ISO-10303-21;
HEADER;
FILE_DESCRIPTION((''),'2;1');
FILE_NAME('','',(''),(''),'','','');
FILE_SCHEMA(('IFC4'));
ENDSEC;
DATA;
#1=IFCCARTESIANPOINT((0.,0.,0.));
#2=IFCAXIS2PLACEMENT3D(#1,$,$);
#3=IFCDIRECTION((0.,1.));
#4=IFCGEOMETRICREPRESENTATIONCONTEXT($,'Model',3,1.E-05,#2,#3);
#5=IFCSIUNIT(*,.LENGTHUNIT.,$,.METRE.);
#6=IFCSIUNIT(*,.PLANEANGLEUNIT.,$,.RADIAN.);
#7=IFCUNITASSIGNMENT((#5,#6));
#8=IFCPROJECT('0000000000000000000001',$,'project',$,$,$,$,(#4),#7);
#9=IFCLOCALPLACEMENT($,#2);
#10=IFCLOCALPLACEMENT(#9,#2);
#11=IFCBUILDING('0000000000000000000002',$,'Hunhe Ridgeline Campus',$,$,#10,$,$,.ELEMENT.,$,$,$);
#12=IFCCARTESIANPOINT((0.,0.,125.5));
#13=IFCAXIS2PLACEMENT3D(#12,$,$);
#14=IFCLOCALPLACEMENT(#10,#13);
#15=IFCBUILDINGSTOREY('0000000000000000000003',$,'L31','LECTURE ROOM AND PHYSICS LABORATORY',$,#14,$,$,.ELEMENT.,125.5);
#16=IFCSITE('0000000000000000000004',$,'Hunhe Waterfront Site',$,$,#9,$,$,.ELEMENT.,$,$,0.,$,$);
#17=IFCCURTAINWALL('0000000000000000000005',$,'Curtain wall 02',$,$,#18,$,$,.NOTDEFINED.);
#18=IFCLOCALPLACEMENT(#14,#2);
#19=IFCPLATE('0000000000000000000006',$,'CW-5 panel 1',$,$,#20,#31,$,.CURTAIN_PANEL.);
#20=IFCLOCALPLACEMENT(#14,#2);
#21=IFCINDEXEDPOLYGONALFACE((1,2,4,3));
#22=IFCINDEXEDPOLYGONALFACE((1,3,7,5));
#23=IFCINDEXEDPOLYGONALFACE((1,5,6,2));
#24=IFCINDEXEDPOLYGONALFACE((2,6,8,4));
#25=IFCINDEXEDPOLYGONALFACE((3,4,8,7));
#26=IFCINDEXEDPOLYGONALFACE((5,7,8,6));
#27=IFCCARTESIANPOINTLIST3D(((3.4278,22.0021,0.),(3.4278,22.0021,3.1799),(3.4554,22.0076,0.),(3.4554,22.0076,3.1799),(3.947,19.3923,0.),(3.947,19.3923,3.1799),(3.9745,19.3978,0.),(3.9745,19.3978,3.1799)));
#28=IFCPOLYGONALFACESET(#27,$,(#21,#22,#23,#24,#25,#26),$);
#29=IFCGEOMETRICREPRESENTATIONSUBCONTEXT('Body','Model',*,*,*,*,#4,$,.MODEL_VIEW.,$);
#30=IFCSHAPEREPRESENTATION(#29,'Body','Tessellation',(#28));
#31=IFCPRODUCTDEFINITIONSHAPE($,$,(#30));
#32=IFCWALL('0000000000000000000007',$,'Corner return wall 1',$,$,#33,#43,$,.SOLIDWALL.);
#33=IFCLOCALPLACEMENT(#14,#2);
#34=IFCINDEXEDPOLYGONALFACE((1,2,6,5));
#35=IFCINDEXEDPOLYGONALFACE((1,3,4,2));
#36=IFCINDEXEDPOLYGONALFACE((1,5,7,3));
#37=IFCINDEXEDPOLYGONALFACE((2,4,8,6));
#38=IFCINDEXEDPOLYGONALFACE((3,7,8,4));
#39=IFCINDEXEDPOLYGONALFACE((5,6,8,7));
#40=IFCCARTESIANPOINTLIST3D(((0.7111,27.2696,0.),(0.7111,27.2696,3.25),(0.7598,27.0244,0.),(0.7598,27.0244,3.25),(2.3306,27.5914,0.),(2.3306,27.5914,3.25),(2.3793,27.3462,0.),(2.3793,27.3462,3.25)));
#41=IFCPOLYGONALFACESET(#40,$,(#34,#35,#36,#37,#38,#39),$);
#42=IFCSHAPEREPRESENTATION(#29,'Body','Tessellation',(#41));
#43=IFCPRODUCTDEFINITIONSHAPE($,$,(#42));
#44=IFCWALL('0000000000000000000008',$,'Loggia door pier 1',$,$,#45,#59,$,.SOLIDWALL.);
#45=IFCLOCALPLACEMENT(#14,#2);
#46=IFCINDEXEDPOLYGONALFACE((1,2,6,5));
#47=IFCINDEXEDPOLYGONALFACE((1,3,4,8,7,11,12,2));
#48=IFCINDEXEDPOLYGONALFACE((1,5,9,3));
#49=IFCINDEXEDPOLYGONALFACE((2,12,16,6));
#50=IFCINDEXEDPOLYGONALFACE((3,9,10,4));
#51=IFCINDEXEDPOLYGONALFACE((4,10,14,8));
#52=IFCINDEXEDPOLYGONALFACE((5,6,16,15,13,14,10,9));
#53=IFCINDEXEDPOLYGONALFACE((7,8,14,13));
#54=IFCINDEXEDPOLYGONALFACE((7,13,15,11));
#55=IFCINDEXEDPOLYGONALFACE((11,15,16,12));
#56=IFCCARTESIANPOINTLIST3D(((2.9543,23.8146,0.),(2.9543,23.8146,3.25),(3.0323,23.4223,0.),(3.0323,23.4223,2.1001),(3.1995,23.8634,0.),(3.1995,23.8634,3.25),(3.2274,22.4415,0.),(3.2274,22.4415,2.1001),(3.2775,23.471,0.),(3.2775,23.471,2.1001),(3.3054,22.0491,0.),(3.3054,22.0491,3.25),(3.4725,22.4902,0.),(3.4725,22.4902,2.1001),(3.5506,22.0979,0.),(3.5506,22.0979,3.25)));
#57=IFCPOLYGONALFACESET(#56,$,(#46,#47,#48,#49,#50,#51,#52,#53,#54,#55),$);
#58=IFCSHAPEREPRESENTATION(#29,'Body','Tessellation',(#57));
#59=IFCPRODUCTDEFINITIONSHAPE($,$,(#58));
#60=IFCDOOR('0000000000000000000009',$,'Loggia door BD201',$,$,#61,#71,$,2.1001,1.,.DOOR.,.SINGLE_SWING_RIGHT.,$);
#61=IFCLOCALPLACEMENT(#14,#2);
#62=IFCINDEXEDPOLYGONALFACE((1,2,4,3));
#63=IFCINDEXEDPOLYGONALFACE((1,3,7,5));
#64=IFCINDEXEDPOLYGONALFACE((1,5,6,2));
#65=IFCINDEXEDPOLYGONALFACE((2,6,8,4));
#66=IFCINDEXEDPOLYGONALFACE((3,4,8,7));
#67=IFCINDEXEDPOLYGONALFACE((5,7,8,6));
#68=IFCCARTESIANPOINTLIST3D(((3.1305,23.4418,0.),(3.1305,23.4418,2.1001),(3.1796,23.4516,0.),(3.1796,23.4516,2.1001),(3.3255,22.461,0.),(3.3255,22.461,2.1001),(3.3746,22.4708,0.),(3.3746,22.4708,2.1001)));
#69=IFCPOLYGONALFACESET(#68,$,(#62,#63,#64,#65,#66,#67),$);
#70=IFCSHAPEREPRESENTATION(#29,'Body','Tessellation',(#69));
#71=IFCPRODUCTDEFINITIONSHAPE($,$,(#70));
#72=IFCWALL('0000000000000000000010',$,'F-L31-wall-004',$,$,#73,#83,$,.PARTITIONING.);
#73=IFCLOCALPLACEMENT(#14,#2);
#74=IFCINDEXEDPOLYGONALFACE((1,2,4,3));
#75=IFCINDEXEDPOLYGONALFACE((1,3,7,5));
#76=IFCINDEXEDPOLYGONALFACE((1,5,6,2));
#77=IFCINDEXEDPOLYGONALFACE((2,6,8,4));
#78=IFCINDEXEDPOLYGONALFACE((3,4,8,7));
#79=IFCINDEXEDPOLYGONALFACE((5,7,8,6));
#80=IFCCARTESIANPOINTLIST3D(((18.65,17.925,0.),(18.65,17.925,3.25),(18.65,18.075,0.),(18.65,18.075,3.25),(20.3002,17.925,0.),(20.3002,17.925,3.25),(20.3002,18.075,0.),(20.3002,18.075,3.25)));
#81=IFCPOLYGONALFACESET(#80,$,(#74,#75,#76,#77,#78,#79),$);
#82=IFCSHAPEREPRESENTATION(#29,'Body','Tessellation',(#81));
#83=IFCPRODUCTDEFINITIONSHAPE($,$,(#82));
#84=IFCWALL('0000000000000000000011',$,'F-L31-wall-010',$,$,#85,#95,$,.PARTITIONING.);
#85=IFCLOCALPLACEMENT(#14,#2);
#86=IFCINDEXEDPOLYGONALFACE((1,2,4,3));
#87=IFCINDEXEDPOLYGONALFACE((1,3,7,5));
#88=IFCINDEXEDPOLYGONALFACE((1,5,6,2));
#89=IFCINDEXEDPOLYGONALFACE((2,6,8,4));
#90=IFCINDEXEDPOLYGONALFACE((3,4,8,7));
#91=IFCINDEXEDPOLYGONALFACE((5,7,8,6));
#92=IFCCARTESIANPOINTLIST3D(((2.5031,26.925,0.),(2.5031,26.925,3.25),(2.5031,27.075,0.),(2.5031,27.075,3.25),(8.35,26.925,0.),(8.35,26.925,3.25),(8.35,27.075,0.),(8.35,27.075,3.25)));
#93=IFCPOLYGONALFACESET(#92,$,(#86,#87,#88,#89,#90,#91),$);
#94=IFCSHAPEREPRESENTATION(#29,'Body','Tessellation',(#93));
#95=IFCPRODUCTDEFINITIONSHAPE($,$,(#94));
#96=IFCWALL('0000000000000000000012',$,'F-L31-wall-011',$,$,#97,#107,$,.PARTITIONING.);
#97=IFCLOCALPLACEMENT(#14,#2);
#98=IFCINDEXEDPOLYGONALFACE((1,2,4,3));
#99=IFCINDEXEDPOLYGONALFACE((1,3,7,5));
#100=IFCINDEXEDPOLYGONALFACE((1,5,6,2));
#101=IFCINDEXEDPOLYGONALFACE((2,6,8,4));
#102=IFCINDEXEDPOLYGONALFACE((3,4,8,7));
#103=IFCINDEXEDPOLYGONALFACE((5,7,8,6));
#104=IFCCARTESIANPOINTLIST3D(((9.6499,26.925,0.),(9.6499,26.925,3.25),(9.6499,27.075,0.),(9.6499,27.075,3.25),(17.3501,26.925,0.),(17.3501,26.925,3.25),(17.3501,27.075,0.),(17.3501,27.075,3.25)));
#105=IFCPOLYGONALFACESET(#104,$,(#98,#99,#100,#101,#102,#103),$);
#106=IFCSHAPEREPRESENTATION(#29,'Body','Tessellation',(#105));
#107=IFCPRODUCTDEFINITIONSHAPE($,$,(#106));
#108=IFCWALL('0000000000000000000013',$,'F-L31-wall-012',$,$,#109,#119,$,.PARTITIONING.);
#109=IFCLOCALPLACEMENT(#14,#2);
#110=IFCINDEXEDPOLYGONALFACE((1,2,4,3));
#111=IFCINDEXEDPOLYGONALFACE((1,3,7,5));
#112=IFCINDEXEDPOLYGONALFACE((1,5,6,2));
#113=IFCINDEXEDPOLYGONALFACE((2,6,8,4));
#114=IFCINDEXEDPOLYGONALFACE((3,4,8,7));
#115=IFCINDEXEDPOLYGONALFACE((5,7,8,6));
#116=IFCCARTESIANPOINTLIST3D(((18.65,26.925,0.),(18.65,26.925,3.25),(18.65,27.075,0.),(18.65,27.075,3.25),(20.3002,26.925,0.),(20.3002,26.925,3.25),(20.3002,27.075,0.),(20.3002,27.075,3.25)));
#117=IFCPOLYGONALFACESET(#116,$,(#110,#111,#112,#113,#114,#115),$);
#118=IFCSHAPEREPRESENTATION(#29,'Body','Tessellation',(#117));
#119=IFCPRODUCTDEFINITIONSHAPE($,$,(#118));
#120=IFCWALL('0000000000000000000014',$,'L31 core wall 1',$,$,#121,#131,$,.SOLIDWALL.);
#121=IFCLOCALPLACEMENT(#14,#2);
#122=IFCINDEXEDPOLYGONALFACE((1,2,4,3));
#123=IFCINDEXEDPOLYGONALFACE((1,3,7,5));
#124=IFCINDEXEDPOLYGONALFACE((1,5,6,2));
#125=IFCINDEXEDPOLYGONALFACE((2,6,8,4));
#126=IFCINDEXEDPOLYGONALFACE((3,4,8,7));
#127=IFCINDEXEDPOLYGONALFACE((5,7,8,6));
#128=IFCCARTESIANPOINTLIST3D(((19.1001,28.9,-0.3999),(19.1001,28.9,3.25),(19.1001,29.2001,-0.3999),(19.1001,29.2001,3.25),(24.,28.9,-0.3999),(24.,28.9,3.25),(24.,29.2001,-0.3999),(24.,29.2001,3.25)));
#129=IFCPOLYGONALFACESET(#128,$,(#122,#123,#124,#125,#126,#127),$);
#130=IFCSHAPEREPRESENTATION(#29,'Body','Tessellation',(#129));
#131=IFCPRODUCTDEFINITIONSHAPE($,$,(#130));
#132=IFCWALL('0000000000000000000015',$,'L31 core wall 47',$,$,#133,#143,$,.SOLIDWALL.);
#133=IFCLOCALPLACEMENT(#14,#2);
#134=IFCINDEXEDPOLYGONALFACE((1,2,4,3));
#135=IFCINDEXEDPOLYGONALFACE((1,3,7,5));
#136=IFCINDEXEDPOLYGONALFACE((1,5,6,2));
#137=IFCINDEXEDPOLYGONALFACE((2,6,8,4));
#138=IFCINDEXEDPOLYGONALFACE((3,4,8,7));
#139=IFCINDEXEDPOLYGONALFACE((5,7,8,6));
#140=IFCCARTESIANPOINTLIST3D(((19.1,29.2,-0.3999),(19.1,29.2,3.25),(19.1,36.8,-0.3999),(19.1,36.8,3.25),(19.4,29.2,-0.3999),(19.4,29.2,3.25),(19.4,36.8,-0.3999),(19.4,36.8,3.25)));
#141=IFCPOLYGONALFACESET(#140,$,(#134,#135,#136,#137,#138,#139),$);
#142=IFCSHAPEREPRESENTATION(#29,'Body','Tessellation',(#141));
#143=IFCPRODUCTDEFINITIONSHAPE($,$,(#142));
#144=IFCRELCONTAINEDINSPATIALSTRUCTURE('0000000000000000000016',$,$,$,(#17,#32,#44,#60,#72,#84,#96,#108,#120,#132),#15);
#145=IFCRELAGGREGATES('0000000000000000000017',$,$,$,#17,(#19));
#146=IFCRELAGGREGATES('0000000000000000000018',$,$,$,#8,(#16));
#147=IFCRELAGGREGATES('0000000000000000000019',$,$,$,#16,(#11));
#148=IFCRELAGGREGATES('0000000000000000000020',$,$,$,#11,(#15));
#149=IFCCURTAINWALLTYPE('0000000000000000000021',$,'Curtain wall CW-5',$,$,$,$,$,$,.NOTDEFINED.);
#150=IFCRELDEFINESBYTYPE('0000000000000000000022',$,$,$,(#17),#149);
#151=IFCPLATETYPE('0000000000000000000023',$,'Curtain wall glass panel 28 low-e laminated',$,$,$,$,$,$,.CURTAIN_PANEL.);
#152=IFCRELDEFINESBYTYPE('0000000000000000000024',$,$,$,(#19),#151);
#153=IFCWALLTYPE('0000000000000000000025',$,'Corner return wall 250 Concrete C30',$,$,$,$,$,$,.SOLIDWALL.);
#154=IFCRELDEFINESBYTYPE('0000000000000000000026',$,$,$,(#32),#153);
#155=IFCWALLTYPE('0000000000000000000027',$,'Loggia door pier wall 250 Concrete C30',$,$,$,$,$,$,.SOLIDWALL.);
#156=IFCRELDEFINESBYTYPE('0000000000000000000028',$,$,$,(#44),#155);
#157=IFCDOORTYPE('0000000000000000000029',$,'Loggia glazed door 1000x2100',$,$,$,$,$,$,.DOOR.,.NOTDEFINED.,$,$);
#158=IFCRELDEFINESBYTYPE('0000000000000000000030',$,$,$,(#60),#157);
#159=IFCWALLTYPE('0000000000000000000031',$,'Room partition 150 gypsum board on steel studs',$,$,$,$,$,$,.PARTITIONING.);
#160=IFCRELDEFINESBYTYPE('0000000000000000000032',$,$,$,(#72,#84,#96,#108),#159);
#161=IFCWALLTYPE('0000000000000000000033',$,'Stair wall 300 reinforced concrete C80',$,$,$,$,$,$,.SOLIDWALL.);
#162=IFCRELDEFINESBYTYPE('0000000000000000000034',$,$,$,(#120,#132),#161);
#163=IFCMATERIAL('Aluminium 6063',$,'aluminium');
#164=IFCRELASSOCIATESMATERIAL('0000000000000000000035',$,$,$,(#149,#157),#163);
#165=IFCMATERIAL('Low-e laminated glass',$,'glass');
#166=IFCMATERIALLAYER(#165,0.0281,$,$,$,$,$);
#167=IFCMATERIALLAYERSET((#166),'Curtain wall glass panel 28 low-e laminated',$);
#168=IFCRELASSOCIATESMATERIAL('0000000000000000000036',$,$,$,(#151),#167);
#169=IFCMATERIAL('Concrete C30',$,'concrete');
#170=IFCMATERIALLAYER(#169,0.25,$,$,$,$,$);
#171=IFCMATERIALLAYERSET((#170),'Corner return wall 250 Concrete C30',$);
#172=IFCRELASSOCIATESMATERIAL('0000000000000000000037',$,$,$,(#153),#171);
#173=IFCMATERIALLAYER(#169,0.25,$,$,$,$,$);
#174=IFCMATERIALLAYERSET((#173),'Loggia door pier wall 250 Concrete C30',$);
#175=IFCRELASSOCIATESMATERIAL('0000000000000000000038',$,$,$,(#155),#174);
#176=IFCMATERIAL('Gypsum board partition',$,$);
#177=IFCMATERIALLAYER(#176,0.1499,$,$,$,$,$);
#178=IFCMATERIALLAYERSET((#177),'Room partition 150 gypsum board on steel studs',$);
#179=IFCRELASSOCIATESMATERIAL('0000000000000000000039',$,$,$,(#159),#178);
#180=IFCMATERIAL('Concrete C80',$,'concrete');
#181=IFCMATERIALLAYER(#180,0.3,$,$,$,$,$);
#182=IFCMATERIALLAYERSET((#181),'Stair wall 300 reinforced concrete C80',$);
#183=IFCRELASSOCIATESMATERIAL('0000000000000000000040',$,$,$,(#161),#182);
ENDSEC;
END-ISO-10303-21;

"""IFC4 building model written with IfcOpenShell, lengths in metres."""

from ifc_helpers import new_model, si_unit, direction, frame, frame_2d, origin, origin_2d, place, context, subcontext, project, spatial, rectangle, extrude, material, layer, layer_set, type_object, element, fill, aggregate, save


model = new_model("IFC4")

# Units and contexts
model_context = context("Model", 3, precision=1e-05, world=origin(), true_north=direction((0.0, 1.0)))
body_context = subcontext(model_context, "Body", "Model", "MODEL_VIEW")
ifc_project = project(units=[si_unit("LENGTHUNIT", "METRE"), si_unit("PLANEANGLEUNIT", "RADIAN")], contexts=[model_context])

# Site, building, storey
site_placement = place(None, origin())
site = spatial("IfcSite", under=ifc_project, at=site_placement, Name="Hunhe Waterfront Site", CompositionType="ELEMENT", RefElevation=0.0)
building_placement = place(site_placement, origin())
building = spatial("IfcBuilding", under=site, at=building_placement, Name="Hunhe Ridgeline Campus", CompositionType="ELEMENT")
storey_placement = place(building_placement, frame((0.0, 0.0, 125.5)))
storey = spatial("IfcBuildingStorey", under=building, at=storey_placement, Name="L31", Description="LECTURE ROOM AND PHYSICS LABORATORY", CompositionType="ELEMENT", Elevation=125.5)

# Curtain wall
ifc_material_1 = material(Name="Aluminium 6063", Category="aluminium")
curtain_wall_type = type_object("IfcCurtainWallType", Name="Curtain wall CW-5", PredefinedType="NOTDEFINED", material=ifc_material_1)
curtain_wall_1_placement = place(storey_placement, origin())
curtain_wall_1 = element("IfcCurtainWall", 1, at=curtain_wall_1_placement, inside=storey, type_object=curtain_wall_type, Name="Curtain wall 02", PredefinedType="NOTDEFINED")

# Plate
ifc_material_2 = material(Name="Low-e laminated glass", Category="glass")
ifc_layer_1 = layer(ifc_material_2, 0.0281)
ifc_layer_set_1 = layer_set([ifc_layer_1], Name="Curtain wall glass panel 28 low-e laminated")
plate_type = type_object("IfcPlateType", Name="Curtain wall glass panel 28 low-e laminated", PredefinedType="CURTAIN_PANEL", material=ifc_layer_set_1)
plate_1_placement = place(storey_placement, frame((3.7012, 20.7, 0.0), z_axis=(0.0, 0.0, 1.0), x_axis=(0.195095, -0.980784, 0.0)))
plate_1 = element("IfcPlate", 2, at=plate_1_placement, type_object=plate_type, Name="CW-5 panel 1", PredefinedType="CURTAIN_PANEL", context=body_context, shape_type="SweptSolid", body=[
    extrude(rectangle(XDim=2.6609, YDim=0.0281, at=origin_2d()), origin(), (0.0, 0.0, 1.0), 3.1799),
])
aggregate(curtain_wall_1, [plate_1])

# Wall
ifc_material_3 = material(Name="Concrete C30", Category="concrete")
ifc_layer_2 = layer(ifc_material_3, 0.25)
ifc_layer_set_2 = layer_set([ifc_layer_2], Name="Corner return wall 250 Concrete C30")
wall_type_1 = type_object("IfcWallType", Name="Corner return wall 250 Concrete C30", PredefinedType="SOLIDWALL", material=ifc_layer_set_2)
wall_1_placement = place(storey_placement, frame((0.7354, 27.147, 0.0), z_axis=(0.0, 0.0, 1.0), x_axis=(0.980824, 0.194893, 0.0)))
element("IfcWall", 3, at=wall_1_placement, inside=storey, type_object=wall_type_1, Name="Corner return wall 1", PredefinedType="SOLIDWALL", context=body_context, shape_type="SweptSolid", body=[
    extrude(rectangle(XDim=1.6511, YDim=0.25, at=frame_2d((0.8257, 0.0))), origin(), (0.0, 0.0, 1.0), 3.25),
])

# Wall, opening, door
ifc_layer_3 = layer(ifc_material_3, 0.25)
ifc_layer_set_3 = layer_set([ifc_layer_3], Name="Loggia door pier wall 250 Concrete C30")
wall_type_2 = type_object("IfcWallType", Name="Loggia door pier wall 250 Concrete C30", PredefinedType="SOLIDWALL", material=ifc_layer_set_3)
wall_2_placement = place(storey_placement, frame((3.0769, 23.8389, 0.0), z_axis=(0.0, 0.0, 1.0), x_axis=(0.195047, -0.980794, 0.0)))
wall_2 = element("IfcWall", 4, at=wall_2_placement, inside=storey, type_object=wall_type_2, Name="Loggia door pier 1", PredefinedType="SOLIDWALL", context=body_context, shape_type="SweptSolid", body=[
    extrude(rectangle(XDim=1.8, YDim=0.25, at=frame_2d((0.8999, 0.0))), origin(), (0.0, 0.0, 1.0), 3.25),
])
opening_placement = place(wall_2_placement, frame((0.3999, 0.0, 0.0)))
opening = element("IfcOpeningElement", 5, at=opening_placement, cuts=wall_2, PredefinedType="OPENING", context=body_context, shape_type="SweptSolid", body=[
    extrude(rectangle(XDim=1.0, YDim=2.1001, at=frame_2d((0.5, 1.05))), frame((0.0, 0.125, 0.0), z_axis=(0.0, -1.0, 0.0), x_axis=(1.0, 0.0, 0.0)), (0.0, 0.0, 1.0), 0.25),
])
door_type = type_object("IfcDoorType", Name="Loggia glazed door 1000x2100", OperationType="NOTDEFINED", PredefinedType="DOOR", material=ifc_material_1)
door_placement = place(opening_placement, frame((1.0, 0.0, 0.0), z_axis=(0.0, 0.0, 1.0), x_axis=(-1.0, 0.0, 0.0)))
door = element("IfcDoor", 6, at=door_placement, inside=storey, type_object=door_type, Name="Loggia door BD201", OperationType="SINGLE_SWING_RIGHT", OverallHeight=2.1001, OverallWidth=1.0, PredefinedType="DOOR", context=body_context, shape_type="SweptSolid", body=[
    extrude(rectangle(XDim=1.0, YDim=2.1001, at=frame_2d((0.5, 1.05))), frame((0.0, 0.0249, 0.0), z_axis=(0.0, -1.0, 0.0), x_axis=(1.0, 0.0, 0.0)), (0.0, 0.0, 1.0), 0.05),
])
fill(opening, door)

# Walls
ifc_material_4 = material(Name="Gypsum board partition")
ifc_layer_4 = layer(ifc_material_4, 0.1499)
ifc_layer_set_4 = layer_set([ifc_layer_4], Name="Room partition 150 gypsum board on steel studs")
wall_type_3 = type_object("IfcWallType", Name="Room partition 150 gypsum board on steel studs", PredefinedType="PARTITIONING", material=ifc_layer_set_4)
wall_3_placement = place(storey_placement, frame((18.6499, 18.0, 0.0), z_axis=(0.0, 0.0, 1.0), x_axis=(1.0, 0.0, 0.0)))
element("IfcWall", 7, at=wall_3_placement, inside=storey, type_object=wall_type_3, Name="F-L31-wall-004", PredefinedType="PARTITIONING", context=body_context, shape_type="SweptSolid", body=[
    extrude(rectangle(XDim=1.6501, YDim=0.1499, at=frame_2d((0.8252, 0.0))), origin(), (0.0, 0.0, 1.0), 3.25),
])
wall_4_placement = place(storey_placement, frame((2.5032, 27.0, 0.0), z_axis=(0.0, 0.0, 1.0), x_axis=(1.0, 0.0, 0.0)))
element("IfcWall", 8, at=wall_4_placement, inside=storey, type_object=wall_type_3, Name="F-L31-wall-010", PredefinedType="PARTITIONING", context=body_context, shape_type="SweptSolid", body=[
    extrude(rectangle(XDim=5.8469, YDim=0.1499, at=frame_2d((2.9233, 0.0))), origin(), (0.0, 0.0, 1.0), 3.25),
])
wall_5_placement = place(storey_placement, frame((9.6499, 27.0, 0.0), z_axis=(0.0, 0.0, 1.0), x_axis=(1.0, 0.0, 0.0)))
element("IfcWall", 9, at=wall_5_placement, inside=storey, type_object=wall_type_3, Name="F-L31-wall-011", PredefinedType="PARTITIONING", context=body_context, shape_type="SweptSolid", body=[
    extrude(rectangle(XDim=7.7002, YDim=0.1499, at=frame_2d((3.8501, 0.0))), origin(), (0.0, 0.0, 1.0), 3.25),
])
wall_6_placement = place(storey_placement, frame((18.6499, 27.0, 0.0), z_axis=(0.0, 0.0, 1.0), x_axis=(1.0, 0.0, 0.0)))
element("IfcWall", 10, at=wall_6_placement, inside=storey, type_object=wall_type_3, Name="F-L31-wall-012", PredefinedType="PARTITIONING", context=body_context, shape_type="SweptSolid", body=[
    extrude(rectangle(XDim=1.6501, YDim=0.1499, at=frame_2d((0.8252, 0.0))), origin(), (0.0, 0.0, 1.0), 3.25),
])
ifc_material_5 = material(Name="Concrete C80", Category="concrete")
ifc_layer_5 = layer(ifc_material_5, 0.3)
ifc_layer_set_5 = layer_set([ifc_layer_5], Name="Stair wall 300 reinforced concrete C80")
wall_type_4 = type_object("IfcWallType", Name="Stair wall 300 reinforced concrete C80", PredefinedType="SOLIDWALL", material=ifc_layer_set_5)
wall_7_placement = place(storey_placement, frame((19.1001, 29.05, -0.3999), z_axis=(0.0, 0.0, 1.0), x_axis=(1.0, 0.0, 0.0)))
element("IfcWall", 11, at=wall_7_placement, inside=storey, type_object=wall_type_4, Name="L31 core wall 1", PredefinedType="SOLIDWALL", context=body_context, shape_type="SweptSolid", body=[
    extrude(rectangle(XDim=4.8999, YDim=0.3, at=frame_2d((2.45, 0.0))), origin(), (0.0, 0.0, 1.0), 3.6499),
])
wall_8_placement = place(storey_placement, frame((19.25, 29.2, -0.3999), z_axis=(0.0, 0.0, 1.0), x_axis=(0.0, 1.0, 0.0)))
element("IfcWall", 12, at=wall_8_placement, inside=storey, type_object=wall_type_4, Name="L31 core wall 47", PredefinedType="SOLIDWALL", context=body_context, shape_type="SweptSolid", body=[
    extrude(rectangle(XDim=7.6001, YDim=0.3, at=frame_2d((3.8, 0.0))), origin(), (0.0, 0.0, 1.0), 3.6499),
])

save(model, "model.ifc")
